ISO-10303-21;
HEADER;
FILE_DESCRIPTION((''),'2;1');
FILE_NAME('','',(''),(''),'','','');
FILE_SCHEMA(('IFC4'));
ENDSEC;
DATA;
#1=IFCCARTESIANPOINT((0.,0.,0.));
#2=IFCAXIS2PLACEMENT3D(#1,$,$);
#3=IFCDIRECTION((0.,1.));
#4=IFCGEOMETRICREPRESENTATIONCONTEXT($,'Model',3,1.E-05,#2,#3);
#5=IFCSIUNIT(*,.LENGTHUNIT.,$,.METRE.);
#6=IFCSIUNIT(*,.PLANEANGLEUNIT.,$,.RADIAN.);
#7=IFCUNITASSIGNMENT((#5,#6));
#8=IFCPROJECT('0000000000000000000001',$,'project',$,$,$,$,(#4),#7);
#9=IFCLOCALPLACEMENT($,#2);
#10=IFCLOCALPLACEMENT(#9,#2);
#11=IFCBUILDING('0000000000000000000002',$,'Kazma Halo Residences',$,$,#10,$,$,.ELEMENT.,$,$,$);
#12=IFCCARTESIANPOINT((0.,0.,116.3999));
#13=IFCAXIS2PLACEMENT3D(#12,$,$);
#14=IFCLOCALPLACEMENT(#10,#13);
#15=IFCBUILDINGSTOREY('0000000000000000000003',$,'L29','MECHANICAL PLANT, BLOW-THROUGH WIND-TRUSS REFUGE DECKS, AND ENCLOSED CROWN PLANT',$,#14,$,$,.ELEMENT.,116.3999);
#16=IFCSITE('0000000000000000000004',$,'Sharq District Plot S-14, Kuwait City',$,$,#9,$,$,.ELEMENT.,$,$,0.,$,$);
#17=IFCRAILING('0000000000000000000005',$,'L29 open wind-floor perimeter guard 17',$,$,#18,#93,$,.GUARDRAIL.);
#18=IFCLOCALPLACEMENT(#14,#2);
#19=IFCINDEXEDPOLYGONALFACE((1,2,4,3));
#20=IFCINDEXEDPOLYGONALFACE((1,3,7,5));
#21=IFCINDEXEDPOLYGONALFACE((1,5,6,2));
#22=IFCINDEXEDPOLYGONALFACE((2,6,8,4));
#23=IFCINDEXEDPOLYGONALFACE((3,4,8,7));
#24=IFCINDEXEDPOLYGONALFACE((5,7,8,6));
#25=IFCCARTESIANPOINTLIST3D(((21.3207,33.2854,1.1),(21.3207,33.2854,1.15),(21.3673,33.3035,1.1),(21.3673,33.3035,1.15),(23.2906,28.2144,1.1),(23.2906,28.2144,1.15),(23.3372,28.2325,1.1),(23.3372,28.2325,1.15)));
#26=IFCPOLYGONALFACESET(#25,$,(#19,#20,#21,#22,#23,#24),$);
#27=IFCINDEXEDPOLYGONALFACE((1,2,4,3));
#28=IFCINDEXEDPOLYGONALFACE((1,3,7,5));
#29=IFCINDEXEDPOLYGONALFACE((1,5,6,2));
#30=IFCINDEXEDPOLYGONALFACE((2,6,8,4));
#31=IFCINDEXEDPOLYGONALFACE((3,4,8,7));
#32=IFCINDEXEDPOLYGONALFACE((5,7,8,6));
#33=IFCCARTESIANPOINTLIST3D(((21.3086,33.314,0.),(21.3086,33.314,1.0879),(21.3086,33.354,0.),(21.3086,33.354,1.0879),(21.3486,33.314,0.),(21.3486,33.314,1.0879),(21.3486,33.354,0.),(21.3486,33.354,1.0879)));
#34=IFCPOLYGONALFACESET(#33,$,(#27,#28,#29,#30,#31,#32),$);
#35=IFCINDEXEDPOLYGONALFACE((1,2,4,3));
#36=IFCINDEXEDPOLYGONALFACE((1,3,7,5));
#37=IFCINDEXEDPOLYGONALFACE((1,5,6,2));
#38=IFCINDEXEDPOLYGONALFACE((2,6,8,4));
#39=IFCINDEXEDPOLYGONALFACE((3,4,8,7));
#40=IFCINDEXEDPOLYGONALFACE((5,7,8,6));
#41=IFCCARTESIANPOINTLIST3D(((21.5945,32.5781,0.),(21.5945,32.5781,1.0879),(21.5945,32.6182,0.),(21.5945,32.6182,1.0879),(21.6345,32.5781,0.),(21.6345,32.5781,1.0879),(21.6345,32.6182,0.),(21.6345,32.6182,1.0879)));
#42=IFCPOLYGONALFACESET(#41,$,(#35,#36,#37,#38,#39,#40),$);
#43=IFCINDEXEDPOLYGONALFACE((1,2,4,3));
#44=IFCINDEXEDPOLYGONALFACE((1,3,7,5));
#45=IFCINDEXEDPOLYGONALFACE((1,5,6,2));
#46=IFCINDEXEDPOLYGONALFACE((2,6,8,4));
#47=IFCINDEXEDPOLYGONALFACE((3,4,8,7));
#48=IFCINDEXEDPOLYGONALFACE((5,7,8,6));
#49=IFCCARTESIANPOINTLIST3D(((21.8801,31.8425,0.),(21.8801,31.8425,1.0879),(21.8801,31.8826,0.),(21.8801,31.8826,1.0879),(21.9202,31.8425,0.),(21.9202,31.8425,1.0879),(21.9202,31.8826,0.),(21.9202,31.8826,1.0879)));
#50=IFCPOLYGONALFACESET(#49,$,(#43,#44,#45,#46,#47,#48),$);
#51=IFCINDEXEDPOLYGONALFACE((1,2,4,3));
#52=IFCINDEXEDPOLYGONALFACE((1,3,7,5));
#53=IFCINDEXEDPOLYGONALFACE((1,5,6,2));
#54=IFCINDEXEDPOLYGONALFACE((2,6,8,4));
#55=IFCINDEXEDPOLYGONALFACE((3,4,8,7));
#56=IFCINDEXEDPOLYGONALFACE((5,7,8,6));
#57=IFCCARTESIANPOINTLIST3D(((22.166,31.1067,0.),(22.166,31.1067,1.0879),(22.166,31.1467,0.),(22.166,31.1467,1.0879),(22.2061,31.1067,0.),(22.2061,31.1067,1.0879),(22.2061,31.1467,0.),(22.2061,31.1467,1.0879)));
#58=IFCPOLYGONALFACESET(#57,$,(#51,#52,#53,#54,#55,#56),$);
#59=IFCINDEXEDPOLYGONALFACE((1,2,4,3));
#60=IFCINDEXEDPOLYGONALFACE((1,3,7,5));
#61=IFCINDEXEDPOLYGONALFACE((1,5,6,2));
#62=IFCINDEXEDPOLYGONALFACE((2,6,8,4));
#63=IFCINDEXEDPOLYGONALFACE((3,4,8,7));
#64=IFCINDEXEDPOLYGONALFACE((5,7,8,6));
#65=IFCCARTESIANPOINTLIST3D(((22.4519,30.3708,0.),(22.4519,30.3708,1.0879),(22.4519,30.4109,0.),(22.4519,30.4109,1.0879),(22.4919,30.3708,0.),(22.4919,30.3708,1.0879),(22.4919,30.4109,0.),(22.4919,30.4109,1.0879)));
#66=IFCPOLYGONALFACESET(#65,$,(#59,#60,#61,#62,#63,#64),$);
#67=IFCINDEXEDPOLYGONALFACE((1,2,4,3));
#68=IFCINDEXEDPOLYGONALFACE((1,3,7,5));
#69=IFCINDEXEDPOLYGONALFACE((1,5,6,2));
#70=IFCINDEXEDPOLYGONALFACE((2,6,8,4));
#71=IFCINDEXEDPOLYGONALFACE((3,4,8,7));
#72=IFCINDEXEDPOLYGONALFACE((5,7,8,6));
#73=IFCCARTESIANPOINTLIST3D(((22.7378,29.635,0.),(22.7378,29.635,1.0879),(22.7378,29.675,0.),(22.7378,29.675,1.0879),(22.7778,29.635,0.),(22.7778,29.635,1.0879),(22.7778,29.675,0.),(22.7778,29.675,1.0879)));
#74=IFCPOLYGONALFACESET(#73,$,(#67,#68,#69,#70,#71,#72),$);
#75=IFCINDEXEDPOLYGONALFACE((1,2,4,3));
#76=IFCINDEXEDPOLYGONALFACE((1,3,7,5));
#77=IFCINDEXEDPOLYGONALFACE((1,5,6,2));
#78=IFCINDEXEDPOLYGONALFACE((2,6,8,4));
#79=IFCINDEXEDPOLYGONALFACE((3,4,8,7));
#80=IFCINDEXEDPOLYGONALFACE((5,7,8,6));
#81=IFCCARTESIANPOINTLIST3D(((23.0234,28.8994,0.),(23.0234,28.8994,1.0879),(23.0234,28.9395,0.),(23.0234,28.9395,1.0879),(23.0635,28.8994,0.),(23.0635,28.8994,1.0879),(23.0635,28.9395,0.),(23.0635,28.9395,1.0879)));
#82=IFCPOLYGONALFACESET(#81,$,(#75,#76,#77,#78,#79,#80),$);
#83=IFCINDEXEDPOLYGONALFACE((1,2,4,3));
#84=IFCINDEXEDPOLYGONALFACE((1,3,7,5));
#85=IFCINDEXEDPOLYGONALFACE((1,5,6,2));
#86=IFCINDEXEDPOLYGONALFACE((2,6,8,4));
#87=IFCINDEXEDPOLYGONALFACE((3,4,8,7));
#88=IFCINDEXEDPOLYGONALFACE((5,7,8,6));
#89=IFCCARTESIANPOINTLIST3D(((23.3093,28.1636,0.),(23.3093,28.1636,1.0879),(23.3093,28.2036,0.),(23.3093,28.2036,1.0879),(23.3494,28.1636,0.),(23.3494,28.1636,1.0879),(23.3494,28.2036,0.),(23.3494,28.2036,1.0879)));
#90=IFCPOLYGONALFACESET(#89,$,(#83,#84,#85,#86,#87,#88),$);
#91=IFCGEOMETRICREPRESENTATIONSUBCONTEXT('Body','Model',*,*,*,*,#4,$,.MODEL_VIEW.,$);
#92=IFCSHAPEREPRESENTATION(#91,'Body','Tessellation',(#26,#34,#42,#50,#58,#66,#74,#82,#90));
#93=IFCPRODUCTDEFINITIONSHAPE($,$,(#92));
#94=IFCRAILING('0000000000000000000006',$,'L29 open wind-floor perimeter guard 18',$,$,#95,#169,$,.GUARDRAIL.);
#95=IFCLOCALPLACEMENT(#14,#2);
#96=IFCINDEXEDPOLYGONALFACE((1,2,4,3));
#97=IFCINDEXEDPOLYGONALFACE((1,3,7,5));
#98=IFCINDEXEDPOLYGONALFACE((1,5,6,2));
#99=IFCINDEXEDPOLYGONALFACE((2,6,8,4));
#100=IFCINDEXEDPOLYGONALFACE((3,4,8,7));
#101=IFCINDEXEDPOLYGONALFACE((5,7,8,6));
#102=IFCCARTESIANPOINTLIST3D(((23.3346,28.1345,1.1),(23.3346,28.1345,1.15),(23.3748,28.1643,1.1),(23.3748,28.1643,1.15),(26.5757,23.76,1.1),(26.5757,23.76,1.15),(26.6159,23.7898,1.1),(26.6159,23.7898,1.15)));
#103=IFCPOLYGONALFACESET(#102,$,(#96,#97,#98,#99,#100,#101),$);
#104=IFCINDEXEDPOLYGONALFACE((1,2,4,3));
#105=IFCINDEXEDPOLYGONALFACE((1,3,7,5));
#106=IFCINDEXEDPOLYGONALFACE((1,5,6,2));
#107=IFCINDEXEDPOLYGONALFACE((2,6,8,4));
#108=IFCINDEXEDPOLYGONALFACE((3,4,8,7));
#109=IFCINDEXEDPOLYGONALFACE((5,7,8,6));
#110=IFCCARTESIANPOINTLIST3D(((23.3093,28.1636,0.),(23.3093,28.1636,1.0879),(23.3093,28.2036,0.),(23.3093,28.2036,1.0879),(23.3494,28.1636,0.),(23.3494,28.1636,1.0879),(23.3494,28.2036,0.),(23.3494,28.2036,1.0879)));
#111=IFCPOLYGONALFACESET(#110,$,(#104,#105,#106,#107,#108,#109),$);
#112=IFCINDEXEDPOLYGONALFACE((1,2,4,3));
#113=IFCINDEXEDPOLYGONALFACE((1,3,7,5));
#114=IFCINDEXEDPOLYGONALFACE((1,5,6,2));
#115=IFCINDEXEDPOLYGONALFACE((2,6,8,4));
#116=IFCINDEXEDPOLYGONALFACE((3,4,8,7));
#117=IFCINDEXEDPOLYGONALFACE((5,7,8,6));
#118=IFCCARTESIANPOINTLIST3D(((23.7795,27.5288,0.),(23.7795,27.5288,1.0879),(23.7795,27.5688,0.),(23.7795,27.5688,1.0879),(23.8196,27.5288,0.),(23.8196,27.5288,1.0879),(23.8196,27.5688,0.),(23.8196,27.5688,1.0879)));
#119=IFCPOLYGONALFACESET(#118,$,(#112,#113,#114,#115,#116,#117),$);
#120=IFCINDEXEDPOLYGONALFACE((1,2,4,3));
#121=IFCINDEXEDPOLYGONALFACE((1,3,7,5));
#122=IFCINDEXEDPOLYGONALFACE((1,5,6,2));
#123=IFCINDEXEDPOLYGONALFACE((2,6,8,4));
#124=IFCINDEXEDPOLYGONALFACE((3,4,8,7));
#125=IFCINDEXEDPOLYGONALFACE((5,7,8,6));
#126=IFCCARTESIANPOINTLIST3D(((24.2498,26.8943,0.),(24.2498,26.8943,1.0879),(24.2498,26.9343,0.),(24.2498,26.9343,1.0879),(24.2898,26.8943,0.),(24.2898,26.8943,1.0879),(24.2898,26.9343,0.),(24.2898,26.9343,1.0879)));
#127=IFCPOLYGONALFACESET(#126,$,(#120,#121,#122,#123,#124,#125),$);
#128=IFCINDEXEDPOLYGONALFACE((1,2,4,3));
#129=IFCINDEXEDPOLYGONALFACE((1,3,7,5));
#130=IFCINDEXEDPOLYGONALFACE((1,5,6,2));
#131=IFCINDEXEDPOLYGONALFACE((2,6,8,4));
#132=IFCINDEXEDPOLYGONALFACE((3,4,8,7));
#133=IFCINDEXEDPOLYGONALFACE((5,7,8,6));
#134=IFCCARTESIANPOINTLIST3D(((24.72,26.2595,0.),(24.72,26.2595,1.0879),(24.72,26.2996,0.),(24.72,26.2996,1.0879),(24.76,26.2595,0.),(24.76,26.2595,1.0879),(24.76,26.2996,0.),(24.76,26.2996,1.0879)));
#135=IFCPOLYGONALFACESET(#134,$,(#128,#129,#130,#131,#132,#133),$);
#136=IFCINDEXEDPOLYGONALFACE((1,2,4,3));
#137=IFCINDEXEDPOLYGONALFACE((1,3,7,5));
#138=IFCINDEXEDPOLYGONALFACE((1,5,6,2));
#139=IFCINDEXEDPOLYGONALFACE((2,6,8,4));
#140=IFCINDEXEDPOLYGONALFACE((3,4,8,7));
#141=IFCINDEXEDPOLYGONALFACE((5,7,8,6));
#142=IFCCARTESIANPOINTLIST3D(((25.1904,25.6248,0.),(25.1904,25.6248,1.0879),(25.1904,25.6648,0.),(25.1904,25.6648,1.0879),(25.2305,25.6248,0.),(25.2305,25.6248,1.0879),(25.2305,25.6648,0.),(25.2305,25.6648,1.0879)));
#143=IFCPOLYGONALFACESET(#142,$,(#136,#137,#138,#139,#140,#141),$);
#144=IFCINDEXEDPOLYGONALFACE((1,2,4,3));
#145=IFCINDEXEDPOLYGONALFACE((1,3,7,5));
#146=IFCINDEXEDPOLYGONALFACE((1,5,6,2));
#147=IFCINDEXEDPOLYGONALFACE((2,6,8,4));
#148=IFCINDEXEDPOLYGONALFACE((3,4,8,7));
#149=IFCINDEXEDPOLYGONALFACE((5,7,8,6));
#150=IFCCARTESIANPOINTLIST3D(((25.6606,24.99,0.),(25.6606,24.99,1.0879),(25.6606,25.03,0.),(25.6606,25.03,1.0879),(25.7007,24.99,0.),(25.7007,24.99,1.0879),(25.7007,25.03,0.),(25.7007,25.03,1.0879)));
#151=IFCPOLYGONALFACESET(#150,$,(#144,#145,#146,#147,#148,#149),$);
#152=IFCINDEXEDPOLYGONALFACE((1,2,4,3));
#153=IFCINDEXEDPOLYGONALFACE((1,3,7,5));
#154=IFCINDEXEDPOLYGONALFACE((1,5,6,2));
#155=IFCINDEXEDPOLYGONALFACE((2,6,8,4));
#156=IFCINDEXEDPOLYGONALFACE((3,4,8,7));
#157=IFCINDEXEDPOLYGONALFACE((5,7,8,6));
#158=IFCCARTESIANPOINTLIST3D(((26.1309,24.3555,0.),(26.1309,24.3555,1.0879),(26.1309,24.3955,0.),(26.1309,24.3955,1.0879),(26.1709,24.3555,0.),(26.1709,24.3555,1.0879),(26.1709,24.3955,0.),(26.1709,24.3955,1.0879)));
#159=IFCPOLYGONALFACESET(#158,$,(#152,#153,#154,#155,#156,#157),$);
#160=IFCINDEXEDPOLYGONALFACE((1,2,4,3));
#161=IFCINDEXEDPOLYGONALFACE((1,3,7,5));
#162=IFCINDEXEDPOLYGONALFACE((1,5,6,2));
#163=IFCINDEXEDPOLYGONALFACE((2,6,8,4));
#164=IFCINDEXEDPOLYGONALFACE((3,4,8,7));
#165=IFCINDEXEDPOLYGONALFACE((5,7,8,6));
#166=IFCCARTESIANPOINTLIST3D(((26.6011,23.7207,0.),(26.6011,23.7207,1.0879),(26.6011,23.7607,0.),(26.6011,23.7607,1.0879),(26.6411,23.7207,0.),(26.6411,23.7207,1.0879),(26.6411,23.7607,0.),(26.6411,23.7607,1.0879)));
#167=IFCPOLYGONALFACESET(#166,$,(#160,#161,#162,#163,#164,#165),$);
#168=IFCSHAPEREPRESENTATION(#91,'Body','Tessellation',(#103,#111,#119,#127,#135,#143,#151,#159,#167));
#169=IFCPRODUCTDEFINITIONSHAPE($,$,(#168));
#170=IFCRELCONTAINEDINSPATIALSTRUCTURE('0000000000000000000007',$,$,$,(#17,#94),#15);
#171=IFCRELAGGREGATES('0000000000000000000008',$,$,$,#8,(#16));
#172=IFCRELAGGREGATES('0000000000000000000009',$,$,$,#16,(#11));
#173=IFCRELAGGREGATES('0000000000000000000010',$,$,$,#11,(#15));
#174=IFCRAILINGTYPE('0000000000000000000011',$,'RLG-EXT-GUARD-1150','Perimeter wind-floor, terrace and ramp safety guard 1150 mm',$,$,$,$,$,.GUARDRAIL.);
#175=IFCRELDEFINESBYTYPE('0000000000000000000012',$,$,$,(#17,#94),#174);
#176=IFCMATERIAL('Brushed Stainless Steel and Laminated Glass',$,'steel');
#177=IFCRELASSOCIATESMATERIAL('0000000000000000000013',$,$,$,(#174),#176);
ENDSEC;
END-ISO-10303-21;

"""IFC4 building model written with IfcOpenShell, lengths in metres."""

from ifc_helpers import new_model, si_unit, direction, frame, origin, origin_2d, place, context, subcontext, project, spatial, rectangle, extrude, material, type_object, element, save


model = new_model("IFC4")

# Units and contexts
model_context = context("Model", 3, precision=1e-05, world=origin(), true_north=direction((0.0, 1.0)))
body_context = subcontext(model_context, "Body", "Model", "MODEL_VIEW")
ifc_project = project(units=[si_unit("LENGTHUNIT", "METRE"), si_unit("PLANEANGLEUNIT", "RADIAN")], contexts=[model_context])

# Site, building, storey
site_placement = place(None, origin())
site = spatial("IfcSite", under=ifc_project, at=site_placement, Name="Sharq District Plot S-14, Kuwait City", CompositionType="ELEMENT", RefElevation=0.0)
building_placement = place(site_placement, origin())
building = spatial("IfcBuilding", under=site, at=building_placement, Name="Kazma Halo Residences", CompositionType="ELEMENT")
storey_placement = place(building_placement, frame((0.0, 0.0, 116.3999)))
storey = spatial("IfcBuildingStorey", under=building, at=storey_placement, Name="L29", Description="MECHANICAL PLANT, BLOW-THROUGH WIND-TRUSS REFUGE DECKS, AND ENCLOSED CROWN PLANT", CompositionType="ELEMENT", Elevation=116.3999)

# Railings
ifc_material_1 = material(Name="Brushed Stainless Steel and Laminated Glass", Category="steel")
railing_type = type_object("IfcRailingType", Name="RLG-EXT-GUARD-1150", Description="Perimeter wind-floor, terrace and ramp safety guard 1150 mm", PredefinedType="GUARDRAIL", material=ifc_material_1)
railing_1_placement = place(storey_placement, frame((21.3286, 33.334, 0.0)))
element("IfcRailing", 1, at=railing_1_placement, inside=storey, type_object=railing_type, Name="L29 open wind-floor perimeter guard 17", PredefinedType="GUARDRAIL", context=body_context, shape_type="SweptSolid", body=[
    extrude(rectangle(XDim=0.05, YDim=0.05, at=origin_2d()), frame((0.0154, -0.0396, 1.125), z_axis=(0.362101, -0.932139, 0.0), x_axis=(0.932139, 0.362101, 0.0)), (0.0, 0.0, 1.0), 5.4402),
    extrude(rectangle(XDim=0.04, YDim=0.04, at=origin_2d()), origin(), (0.0, 0.0, 1.0), 1.0879),
    extrude(rectangle(XDim=0.04, YDim=0.04, at=origin_2d()), frame((0.2859, -0.7358, 0.0)), (0.0, 0.0, 1.0), 1.0879),
    extrude(rectangle(XDim=0.04, YDim=0.04, at=origin_2d()), frame((0.5715, -1.4714, 0.0)), (0.0, 0.0, 1.0), 1.0879),
    extrude(rectangle(XDim=0.04, YDim=0.04, at=origin_2d()), frame((0.8574, -2.2073, 0.0)), (0.0, 0.0, 1.0), 1.0879),
    extrude(rectangle(XDim=0.04, YDim=0.04, at=origin_2d()), frame((1.1433, -2.9431, 0.0)), (0.0, 0.0, 1.0), 1.0879),
    extrude(rectangle(XDim=0.04, YDim=0.04, at=origin_2d()), frame((1.4292, -3.679, 0.0)), (0.0, 0.0, 1.0), 1.0879),
    extrude(rectangle(XDim=0.04, YDim=0.04, at=origin_2d()), frame((1.7148, -4.4146, 0.0)), (0.0, 0.0, 1.0), 1.0879),
    extrude(rectangle(XDim=0.04, YDim=0.04, at=origin_2d()), frame((2.0007, -5.1504, 0.0)), (0.0, 0.0, 1.0), 1.0879),
])
railing_2_placement = place(storey_placement, frame((23.3293, 28.1836, 0.0)))
element("IfcRailing", 2, at=railing_2_placement, inside=storey, type_object=railing_type, Name="L29 open wind-floor perimeter guard 18", PredefinedType="GUARDRAIL", context=body_context, shape_type="SweptSolid", body=[
    extrude(rectangle(XDim=0.05, YDim=0.05, at=origin_2d()), frame((0.0254, -0.0342, 1.125), z_axis=(0.595313, -0.803494, 0.0), x_axis=(0.803494, 0.595313, 0.0)), (0.0, 0.0, 1.0), 5.4443),
    extrude(rectangle(XDim=0.04, YDim=0.04, at=origin_2d()), origin(), (0.0, 0.0, 1.0), 1.0879),
    extrude(rectangle(XDim=0.04, YDim=0.04, at=origin_2d()), frame((0.4702, -0.6348, 0.0)), (0.0, 0.0, 1.0), 1.0879),
    extrude(rectangle(XDim=0.04, YDim=0.04, at=origin_2d()), frame((0.9404, -1.2693, 0.0)), (0.0, 0.0, 1.0), 1.0879),
    extrude(rectangle(XDim=0.04, YDim=0.04, at=origin_2d()), frame((1.4106, -1.9041, 0.0)), (0.0, 0.0, 1.0), 1.0879),
    extrude(rectangle(XDim=0.04, YDim=0.04, at=origin_2d()), frame((1.8811, -2.5388, 0.0)), (0.0, 0.0, 1.0), 1.0879),
    extrude(rectangle(XDim=0.04, YDim=0.04, at=origin_2d()), frame((2.3513, -3.1736, 0.0)), (0.0, 0.0, 1.0), 1.0879),
    extrude(rectangle(XDim=0.04, YDim=0.04, at=origin_2d()), frame((2.8215, -3.8081, 0.0)), (0.0, 0.0, 1.0), 1.0879),
    extrude(rectangle(XDim=0.04, YDim=0.04, at=origin_2d()), frame((3.2917, -4.4429, 0.0)), (0.0, 0.0, 1.0), 1.0879),
])

save(model, "model.ifc")
